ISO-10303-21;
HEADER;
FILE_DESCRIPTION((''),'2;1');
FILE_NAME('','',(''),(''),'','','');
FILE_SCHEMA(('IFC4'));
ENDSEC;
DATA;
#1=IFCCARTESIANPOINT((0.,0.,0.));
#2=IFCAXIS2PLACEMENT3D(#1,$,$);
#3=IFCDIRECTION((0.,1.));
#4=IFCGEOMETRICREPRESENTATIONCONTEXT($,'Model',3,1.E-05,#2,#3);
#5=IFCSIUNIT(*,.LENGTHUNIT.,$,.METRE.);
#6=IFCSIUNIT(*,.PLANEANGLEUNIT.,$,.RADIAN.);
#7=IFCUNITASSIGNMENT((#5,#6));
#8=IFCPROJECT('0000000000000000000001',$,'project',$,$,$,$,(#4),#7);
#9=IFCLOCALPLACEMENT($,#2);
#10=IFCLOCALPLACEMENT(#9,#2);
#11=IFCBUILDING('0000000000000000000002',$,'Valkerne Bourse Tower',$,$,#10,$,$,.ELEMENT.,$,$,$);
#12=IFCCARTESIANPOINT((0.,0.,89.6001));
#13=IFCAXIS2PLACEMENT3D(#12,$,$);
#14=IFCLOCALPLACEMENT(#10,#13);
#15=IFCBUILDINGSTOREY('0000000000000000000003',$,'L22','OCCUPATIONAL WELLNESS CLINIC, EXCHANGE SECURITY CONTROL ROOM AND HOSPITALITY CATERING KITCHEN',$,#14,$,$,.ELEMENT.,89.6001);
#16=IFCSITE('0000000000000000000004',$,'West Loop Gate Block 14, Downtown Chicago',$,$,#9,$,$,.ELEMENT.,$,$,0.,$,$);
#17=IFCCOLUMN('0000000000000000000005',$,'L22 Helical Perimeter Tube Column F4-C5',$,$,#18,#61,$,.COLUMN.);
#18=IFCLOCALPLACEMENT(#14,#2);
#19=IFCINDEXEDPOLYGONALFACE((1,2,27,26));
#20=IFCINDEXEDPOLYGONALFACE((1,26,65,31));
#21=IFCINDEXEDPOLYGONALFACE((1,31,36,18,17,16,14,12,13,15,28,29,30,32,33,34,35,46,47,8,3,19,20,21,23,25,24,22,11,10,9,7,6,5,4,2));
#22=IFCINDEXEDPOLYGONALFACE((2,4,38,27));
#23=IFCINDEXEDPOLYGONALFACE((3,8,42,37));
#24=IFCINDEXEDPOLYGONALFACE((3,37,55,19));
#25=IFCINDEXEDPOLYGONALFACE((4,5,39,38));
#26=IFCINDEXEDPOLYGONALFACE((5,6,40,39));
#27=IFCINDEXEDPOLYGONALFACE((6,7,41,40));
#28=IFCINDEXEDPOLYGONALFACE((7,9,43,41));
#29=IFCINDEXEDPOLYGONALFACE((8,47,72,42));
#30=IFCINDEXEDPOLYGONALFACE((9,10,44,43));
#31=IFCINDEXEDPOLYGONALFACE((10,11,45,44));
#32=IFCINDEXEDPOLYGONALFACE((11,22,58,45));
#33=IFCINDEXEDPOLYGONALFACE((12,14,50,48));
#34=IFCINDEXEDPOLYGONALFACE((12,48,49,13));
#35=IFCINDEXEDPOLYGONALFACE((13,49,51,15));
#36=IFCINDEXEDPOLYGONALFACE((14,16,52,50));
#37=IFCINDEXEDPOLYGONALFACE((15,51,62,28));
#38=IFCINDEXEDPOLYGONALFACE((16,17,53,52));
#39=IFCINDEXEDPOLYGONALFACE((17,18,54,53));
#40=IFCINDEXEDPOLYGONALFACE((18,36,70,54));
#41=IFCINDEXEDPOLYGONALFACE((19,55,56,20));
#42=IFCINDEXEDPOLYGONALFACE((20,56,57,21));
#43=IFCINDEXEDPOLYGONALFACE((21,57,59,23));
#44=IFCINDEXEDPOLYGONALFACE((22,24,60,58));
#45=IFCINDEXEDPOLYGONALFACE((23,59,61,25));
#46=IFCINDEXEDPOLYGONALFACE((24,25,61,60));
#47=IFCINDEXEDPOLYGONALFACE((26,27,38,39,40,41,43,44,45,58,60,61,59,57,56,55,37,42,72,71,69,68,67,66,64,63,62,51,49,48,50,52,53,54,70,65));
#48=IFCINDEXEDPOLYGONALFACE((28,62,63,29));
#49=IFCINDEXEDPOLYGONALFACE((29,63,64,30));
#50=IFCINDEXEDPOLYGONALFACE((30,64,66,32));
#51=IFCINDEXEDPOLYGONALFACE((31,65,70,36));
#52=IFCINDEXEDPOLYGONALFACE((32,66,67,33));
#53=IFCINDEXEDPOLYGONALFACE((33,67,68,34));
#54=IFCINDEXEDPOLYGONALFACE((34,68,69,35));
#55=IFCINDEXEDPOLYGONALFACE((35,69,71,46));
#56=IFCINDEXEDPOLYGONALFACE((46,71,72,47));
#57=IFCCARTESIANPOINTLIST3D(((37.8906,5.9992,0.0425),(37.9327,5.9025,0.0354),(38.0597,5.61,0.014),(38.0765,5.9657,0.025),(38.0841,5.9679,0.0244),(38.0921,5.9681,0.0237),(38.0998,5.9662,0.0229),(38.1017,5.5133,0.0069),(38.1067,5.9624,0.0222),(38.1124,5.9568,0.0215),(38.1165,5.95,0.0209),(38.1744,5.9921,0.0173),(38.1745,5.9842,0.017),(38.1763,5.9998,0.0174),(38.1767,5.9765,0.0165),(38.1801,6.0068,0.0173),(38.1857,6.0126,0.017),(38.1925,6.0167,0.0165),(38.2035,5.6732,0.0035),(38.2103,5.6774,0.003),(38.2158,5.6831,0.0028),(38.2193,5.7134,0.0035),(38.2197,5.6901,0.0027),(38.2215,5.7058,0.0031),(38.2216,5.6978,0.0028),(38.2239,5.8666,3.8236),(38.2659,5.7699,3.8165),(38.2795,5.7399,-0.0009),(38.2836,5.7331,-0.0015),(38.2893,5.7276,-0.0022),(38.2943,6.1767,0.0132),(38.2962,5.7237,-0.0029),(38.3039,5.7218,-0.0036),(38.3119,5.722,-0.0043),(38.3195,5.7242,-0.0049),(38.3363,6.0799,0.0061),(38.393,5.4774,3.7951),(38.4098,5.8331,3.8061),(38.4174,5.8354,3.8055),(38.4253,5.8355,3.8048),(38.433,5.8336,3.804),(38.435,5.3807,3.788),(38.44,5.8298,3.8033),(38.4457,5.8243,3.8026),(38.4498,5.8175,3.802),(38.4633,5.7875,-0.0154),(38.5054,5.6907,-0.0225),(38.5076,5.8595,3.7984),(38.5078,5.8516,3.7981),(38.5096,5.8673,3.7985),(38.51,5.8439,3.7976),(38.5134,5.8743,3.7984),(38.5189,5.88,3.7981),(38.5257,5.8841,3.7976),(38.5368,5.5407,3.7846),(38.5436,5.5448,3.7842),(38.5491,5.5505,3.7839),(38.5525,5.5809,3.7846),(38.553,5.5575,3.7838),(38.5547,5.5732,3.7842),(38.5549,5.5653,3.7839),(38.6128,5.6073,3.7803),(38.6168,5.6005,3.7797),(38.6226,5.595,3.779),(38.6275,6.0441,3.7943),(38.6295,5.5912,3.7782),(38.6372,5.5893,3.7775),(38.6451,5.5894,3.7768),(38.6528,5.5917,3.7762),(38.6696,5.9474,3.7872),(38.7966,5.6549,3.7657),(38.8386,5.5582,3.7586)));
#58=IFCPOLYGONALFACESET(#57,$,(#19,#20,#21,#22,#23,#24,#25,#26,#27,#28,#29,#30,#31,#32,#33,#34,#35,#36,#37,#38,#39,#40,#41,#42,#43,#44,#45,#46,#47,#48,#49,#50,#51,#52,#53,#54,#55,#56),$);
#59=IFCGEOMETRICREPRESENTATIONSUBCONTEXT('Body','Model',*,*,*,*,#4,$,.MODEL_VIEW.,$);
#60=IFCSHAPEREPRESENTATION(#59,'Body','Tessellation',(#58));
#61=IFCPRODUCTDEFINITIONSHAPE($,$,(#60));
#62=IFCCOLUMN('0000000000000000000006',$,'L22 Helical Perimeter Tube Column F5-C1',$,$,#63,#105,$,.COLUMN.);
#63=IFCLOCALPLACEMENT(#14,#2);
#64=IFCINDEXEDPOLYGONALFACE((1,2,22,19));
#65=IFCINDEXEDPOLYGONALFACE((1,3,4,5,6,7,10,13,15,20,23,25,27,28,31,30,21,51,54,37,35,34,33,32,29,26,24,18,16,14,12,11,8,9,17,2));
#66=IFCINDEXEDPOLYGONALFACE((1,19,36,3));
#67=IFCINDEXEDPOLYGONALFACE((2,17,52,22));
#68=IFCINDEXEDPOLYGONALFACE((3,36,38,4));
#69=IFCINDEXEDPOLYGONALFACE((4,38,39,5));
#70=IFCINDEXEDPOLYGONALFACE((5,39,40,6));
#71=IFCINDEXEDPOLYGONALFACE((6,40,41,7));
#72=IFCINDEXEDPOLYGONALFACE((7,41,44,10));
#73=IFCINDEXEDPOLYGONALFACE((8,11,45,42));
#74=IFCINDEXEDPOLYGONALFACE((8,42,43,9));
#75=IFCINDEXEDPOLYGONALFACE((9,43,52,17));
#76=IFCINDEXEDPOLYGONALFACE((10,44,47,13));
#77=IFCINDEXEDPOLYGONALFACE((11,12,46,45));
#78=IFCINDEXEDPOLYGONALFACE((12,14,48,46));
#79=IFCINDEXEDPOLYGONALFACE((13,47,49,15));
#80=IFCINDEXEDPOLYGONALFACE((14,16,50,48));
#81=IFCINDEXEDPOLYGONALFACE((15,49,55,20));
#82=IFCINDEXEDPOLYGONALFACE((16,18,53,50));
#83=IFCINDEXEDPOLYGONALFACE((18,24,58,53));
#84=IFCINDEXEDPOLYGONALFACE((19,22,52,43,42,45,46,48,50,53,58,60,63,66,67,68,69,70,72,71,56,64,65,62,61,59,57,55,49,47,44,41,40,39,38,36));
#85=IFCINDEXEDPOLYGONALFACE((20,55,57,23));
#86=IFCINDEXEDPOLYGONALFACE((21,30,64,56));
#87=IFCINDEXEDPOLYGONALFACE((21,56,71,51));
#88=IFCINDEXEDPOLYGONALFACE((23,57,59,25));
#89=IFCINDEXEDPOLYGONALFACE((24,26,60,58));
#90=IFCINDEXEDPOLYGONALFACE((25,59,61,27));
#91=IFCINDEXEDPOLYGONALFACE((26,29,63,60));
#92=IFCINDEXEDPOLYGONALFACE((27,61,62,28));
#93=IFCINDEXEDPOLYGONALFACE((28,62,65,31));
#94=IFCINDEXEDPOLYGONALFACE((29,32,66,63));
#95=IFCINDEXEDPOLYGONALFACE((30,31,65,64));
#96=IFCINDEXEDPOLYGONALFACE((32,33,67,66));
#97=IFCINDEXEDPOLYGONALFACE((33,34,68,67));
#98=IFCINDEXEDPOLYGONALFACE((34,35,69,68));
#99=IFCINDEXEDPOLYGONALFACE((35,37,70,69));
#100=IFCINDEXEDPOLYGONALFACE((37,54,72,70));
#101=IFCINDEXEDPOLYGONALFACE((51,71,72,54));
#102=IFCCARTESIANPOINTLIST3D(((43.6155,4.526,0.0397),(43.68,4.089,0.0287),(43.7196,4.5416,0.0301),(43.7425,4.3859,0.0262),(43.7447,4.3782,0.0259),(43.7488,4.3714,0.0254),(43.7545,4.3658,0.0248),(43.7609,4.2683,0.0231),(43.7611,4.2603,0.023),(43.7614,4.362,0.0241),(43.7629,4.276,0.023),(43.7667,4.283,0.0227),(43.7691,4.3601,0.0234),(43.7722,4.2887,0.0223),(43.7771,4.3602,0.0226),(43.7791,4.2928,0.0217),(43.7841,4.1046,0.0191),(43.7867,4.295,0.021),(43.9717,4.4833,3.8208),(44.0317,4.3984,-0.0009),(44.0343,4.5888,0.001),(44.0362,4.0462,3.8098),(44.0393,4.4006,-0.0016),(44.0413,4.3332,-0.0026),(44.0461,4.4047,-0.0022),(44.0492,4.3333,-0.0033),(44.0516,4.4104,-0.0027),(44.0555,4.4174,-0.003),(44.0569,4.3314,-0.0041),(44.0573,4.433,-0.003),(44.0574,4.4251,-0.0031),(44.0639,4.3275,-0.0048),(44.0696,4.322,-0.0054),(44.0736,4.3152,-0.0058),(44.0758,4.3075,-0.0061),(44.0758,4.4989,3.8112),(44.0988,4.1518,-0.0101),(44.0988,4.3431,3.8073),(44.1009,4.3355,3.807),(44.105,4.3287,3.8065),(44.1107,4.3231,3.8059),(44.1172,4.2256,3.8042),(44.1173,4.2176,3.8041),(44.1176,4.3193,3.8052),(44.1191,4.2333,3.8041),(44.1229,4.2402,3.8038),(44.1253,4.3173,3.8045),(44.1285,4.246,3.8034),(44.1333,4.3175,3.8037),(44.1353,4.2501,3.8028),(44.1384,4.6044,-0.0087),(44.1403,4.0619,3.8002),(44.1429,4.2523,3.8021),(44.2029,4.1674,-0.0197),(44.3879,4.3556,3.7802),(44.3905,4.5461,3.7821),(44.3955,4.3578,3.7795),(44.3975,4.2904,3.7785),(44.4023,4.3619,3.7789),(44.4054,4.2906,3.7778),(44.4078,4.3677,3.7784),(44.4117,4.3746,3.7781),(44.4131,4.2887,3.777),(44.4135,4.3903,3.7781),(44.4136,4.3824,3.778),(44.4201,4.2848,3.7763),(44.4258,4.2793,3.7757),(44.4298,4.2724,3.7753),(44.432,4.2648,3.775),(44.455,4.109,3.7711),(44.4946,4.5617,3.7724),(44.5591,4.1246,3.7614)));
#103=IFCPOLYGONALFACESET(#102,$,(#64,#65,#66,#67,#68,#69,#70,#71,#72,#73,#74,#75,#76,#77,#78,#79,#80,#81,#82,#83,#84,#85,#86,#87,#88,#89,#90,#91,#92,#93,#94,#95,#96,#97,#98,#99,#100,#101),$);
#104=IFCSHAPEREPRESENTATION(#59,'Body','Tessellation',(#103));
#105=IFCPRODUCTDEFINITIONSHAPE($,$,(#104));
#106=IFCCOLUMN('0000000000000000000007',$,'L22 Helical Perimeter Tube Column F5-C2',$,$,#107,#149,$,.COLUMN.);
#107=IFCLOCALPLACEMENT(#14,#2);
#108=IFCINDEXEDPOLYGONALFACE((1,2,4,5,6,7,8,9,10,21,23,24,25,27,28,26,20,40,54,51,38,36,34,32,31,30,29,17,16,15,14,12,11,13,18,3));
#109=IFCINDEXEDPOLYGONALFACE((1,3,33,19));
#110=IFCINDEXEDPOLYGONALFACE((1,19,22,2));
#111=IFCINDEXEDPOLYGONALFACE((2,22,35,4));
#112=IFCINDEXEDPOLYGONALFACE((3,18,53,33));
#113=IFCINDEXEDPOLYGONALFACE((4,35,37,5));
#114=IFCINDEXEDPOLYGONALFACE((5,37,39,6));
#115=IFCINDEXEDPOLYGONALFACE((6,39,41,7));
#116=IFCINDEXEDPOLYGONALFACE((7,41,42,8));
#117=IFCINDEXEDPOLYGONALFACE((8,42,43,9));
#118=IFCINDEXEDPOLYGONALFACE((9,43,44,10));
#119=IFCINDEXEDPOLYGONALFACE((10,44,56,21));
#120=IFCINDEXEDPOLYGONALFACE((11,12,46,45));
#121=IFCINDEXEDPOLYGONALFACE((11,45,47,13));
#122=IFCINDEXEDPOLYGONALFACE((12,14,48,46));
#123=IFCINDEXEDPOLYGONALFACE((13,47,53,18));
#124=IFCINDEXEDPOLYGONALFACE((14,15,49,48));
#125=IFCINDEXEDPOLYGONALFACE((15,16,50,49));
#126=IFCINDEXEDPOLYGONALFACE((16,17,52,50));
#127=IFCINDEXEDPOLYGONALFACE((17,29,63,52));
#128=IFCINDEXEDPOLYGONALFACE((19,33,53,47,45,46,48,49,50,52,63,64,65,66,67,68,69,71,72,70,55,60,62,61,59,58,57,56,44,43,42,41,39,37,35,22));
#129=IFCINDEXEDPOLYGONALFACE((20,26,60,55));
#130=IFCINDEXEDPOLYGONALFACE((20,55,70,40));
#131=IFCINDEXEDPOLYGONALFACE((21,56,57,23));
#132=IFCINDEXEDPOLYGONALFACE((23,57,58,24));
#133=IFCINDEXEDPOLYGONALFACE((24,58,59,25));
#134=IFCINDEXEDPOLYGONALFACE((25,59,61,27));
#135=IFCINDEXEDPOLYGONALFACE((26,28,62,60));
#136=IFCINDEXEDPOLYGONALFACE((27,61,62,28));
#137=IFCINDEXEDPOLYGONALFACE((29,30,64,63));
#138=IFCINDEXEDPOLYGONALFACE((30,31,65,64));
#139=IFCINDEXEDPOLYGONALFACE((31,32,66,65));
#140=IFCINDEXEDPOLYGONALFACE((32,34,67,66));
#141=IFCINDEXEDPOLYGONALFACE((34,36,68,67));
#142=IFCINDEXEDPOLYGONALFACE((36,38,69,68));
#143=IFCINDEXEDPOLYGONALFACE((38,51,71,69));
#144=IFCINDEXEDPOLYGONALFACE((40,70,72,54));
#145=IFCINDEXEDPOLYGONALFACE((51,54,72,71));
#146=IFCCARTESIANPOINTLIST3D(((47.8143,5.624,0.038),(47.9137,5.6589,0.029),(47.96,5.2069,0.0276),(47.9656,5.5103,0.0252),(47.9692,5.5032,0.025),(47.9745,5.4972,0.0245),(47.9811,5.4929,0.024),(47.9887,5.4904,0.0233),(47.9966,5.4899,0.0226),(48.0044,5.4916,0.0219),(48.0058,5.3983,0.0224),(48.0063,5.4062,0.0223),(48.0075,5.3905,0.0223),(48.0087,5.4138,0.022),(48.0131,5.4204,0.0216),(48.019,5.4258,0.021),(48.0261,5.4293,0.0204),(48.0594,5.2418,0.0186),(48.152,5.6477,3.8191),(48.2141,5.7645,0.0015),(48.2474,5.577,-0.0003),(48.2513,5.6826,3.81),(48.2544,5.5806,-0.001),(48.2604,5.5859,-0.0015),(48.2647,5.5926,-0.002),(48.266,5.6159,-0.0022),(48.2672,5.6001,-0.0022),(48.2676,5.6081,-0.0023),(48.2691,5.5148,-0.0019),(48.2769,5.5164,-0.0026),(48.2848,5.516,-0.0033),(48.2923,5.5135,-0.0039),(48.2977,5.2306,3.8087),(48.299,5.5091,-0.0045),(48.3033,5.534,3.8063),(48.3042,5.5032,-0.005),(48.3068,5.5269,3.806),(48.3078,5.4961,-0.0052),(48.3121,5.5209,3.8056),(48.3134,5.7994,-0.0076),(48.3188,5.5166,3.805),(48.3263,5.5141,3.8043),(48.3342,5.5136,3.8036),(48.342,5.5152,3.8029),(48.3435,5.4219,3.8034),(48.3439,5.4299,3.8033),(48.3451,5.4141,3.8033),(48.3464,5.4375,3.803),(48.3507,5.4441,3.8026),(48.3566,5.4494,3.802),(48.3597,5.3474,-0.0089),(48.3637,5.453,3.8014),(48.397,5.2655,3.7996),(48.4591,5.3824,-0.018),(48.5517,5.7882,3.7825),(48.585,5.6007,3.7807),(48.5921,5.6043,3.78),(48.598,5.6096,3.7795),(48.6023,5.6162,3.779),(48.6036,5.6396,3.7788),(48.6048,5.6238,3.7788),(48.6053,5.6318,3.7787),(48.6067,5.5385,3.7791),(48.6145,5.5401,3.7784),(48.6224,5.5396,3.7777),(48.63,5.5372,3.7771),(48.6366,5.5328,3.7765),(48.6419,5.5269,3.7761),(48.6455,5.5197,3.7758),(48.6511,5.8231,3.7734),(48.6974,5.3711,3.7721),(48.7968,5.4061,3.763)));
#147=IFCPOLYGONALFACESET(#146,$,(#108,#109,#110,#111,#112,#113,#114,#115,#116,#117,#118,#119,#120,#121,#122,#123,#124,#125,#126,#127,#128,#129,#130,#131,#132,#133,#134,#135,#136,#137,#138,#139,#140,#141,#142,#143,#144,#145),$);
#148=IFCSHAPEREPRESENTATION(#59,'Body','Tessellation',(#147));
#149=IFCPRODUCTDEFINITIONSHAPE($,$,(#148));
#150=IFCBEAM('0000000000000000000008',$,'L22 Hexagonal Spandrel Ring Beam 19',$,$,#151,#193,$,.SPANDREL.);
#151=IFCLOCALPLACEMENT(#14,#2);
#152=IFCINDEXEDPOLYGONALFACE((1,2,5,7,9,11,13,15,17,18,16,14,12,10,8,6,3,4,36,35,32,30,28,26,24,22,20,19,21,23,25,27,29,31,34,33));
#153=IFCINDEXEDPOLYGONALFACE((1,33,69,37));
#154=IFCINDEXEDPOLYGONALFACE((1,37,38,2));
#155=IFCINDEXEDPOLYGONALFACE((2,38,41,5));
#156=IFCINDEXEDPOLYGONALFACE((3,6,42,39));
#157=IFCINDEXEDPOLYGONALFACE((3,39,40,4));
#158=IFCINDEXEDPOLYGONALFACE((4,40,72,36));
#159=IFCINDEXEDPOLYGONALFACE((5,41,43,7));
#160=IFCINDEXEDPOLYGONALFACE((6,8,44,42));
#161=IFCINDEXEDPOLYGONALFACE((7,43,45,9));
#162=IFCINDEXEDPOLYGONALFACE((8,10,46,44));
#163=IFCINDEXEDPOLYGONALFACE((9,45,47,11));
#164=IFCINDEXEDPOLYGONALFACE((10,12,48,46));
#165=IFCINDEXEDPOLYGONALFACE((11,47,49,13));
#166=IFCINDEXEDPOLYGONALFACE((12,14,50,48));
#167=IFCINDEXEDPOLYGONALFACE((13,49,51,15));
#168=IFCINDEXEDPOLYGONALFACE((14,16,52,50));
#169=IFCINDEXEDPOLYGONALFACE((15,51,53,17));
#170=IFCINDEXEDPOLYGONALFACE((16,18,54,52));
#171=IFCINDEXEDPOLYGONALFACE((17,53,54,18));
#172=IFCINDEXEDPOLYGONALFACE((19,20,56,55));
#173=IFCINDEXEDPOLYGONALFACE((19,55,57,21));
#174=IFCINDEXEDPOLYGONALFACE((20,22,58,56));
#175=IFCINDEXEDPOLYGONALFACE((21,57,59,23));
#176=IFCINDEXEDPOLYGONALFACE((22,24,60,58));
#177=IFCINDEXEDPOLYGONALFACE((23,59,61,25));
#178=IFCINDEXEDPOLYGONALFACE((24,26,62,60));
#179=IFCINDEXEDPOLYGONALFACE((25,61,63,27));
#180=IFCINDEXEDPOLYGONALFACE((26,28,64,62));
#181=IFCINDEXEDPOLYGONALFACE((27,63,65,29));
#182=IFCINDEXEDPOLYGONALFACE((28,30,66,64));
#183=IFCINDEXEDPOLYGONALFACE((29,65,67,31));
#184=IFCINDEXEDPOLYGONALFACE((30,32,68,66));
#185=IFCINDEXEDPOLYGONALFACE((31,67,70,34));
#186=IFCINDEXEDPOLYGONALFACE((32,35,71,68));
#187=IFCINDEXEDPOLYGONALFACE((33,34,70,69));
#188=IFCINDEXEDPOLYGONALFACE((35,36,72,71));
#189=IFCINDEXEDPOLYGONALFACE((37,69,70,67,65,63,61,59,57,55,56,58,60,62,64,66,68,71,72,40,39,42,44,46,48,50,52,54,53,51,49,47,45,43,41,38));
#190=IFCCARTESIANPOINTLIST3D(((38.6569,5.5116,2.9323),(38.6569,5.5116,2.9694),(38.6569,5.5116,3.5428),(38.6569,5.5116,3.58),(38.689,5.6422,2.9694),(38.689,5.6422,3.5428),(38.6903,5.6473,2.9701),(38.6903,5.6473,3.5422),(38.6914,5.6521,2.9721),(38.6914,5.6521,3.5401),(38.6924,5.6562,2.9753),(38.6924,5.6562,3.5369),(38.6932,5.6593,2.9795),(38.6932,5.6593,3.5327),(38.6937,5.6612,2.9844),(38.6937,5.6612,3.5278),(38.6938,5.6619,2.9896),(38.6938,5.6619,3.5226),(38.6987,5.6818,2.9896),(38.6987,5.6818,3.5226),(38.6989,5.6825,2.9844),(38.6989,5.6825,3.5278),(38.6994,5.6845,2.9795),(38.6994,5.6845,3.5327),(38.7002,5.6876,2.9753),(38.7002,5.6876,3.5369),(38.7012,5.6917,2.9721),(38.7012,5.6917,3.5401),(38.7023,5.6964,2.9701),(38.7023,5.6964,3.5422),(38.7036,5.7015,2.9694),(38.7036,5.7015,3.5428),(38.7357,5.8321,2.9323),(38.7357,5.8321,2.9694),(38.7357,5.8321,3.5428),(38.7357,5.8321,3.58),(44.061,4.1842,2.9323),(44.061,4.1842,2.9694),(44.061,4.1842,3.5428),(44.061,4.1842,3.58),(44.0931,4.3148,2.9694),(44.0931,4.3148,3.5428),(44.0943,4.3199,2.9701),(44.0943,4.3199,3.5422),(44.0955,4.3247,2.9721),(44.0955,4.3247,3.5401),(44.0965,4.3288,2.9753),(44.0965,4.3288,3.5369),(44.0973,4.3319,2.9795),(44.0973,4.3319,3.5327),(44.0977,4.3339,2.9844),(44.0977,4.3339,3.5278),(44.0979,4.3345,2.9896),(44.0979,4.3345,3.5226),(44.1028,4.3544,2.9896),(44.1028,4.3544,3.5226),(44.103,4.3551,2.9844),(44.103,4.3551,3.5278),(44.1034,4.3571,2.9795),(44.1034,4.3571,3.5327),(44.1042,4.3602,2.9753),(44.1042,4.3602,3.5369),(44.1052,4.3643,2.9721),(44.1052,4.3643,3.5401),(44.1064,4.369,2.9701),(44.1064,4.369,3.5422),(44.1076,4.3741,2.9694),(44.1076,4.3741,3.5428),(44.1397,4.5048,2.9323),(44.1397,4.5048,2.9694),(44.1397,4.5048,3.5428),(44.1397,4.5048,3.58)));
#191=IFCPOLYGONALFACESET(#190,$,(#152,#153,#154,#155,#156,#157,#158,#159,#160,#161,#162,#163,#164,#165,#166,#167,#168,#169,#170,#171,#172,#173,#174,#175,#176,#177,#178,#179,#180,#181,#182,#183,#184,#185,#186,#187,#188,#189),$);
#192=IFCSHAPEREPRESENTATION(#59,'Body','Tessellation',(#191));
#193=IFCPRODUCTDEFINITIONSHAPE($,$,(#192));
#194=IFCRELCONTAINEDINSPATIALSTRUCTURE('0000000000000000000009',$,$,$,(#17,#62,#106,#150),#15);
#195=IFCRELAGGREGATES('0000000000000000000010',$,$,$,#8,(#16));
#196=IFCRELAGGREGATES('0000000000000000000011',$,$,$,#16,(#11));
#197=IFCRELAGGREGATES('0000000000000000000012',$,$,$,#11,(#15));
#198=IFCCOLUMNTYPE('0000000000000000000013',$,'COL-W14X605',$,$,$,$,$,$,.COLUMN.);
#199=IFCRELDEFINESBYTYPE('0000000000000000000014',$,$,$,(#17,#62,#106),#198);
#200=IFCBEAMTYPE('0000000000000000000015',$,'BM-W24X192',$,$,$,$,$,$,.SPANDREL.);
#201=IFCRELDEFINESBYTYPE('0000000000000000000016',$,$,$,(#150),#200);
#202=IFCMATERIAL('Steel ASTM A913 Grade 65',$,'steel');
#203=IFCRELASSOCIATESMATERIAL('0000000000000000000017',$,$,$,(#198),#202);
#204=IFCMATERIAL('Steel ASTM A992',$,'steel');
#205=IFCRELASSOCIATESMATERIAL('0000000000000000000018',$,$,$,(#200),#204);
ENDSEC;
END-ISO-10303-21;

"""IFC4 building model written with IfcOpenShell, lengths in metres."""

from ifc_helpers import new_model, si_unit, direction, frame, origin, origin_2d, place, context, subcontext, project, spatial, i_section, extrude, material, material_profile, profile_set, type_object, element, save


model = new_model("IFC4")

# Units and contexts
model_context = context("Model", 3, precision=1e-05, world=origin(), true_north=direction((0.0, 1.0)))
body_context = subcontext(model_context, "Body", "Model", "MODEL_VIEW")
ifc_project = project(units=[si_unit("LENGTHUNIT", "METRE"), si_unit("PLANEANGLEUNIT", "RADIAN")], contexts=[model_context])

# Site, building, storey
site_placement = place(None, origin())
site = spatial("IfcSite", under=ifc_project, at=site_placement, Name="West Loop Gate Block 14, Downtown Chicago", CompositionType="ELEMENT", RefElevation=0.0)
building_placement = place(site_placement, origin())
building = spatial("IfcBuilding", under=site, at=building_placement, Name="Valkerne Bourse Tower", CompositionType="ELEMENT")
storey_placement = place(building_placement, frame((0.0, 0.0, 89.6001)))
storey = spatial("IfcBuildingStorey", under=building, at=storey_placement, Name="L22", Description="OCCUPATIONAL WELLNESS CLINIC, EXCHANGE SECURITY CONTROL ROOM AND HOSPITALITY CATERING KITCHEN", CompositionType="ELEMENT", Elevation=89.6001)

# Columns
ifc_material_1 = material(Name="Steel ASTM A913 Grade 65", Category="steel")
ifc_material_profile_1 = material_profile(ifc_material_1, i_section(OverallWidth=0.4419, OverallDepth=0.531, WebThickness=0.0659, FlangeThickness=0.1057, FilletRadius=0.0305, at=origin_2d()), Name="W14X605")
ifc_profile_set_1 = profile_set([ifc_material_profile_1], Name="Steel ASTM A913 Grade 65")
column_type = type_object("IfcColumnType", Name="COL-W14X605", PredefinedType="COLUMN", material=ifc_profile_set_1)
for number, where, z_axis, x_axis, name in (
    (1, (38.198, 5.845, 0.01), (0.087745, -0.034905, 0.995531), (0.913392, 0.401626, -0.066423), "L22 Helical Perimeter Tube Column F4-C5"),
    (2, (43.9092, 4.3467, 0.01), (0.093787, -0.011249, 0.995529), (-0.145953, 0.988977, 0.024925), "L22 Helical Perimeter Tube Column F5-C1"),
):
    element("IfcColumn", number, at=place(storey_placement, frame(where, z_axis=z_axis, x_axis=x_axis)), inside=storey, type_object=column_type, Name=name, PredefinedType="COLUMN", context=body_context, shape_type="SweptSolid", body=[
        extrude(i_section(OverallWidth=0.4419, OverallDepth=0.531, WebThickness=0.0659, FlangeThickness=0.1057, FilletRadius=0.0305, at=origin_2d()), origin(), (0.0, 0.0, 1.0), 3.7981),
    ])
column_placement = place(storey_placement, frame((48.1367, 5.5032, 0.01), z_axis=(0.088945, 0.006238, 0.996017), x_axis=(-0.329664, 0.943805, 0.023528)))
element("IfcColumn", 3, at=column_placement, inside=storey, type_object=column_type, Name="L22 Helical Perimeter Tube Column F5-C2", PredefinedType="COLUMN", context=body_context, shape_type="SweptSolid", body=[
    extrude(i_section(OverallWidth=0.4419, OverallDepth=0.531, WebThickness=0.0659, FlangeThickness=0.1057, FilletRadius=0.0305, at=origin_2d()), origin(), (0.0, 0.0, 1.0), 3.7961),
])

# Beam
ifc_material_2 = material(Name="Steel ASTM A992", Category="steel")
ifc_material_profile_2 = material_profile(ifc_material_2, i_section(OverallWidth=0.3301, OverallDepth=0.6477, WebThickness=0.0205, FlangeThickness=0.0371, FilletRadius=0.0203, at=origin_2d()), Name="W24X192")
ifc_profile_set_2 = profile_set([ifc_material_profile_2], Name="Steel ASTM A992")
beam_type_1 = type_object("IfcBeamType", Name="BM-W24X192", PredefinedType="SPANDREL", material=ifc_profile_set_2)
beam_1_placement = place(storey_placement, frame((38.6963, 5.6719, 3.2561), z_axis=(0.971133, -0.238539, 0.0), x_axis=(0.238539, 0.971133, 0.0)))
element("IfcBeam", 4, at=beam_1_placement, inside=storey, type_object=beam_type_1, Name="L22 Hexagonal Spandrel Ring Beam 19", PredefinedType="SPANDREL", context=body_context, shape_type="SweptSolid", body=[
    extrude(i_section(OverallWidth=0.3301, OverallDepth=0.6477, WebThickness=0.0205, FlangeThickness=0.0371, FilletRadius=0.0203, at=origin_2d()), origin(), (0.0, 0.0, 1.0), 5.5647),
])

save(model, "model.ifc")
